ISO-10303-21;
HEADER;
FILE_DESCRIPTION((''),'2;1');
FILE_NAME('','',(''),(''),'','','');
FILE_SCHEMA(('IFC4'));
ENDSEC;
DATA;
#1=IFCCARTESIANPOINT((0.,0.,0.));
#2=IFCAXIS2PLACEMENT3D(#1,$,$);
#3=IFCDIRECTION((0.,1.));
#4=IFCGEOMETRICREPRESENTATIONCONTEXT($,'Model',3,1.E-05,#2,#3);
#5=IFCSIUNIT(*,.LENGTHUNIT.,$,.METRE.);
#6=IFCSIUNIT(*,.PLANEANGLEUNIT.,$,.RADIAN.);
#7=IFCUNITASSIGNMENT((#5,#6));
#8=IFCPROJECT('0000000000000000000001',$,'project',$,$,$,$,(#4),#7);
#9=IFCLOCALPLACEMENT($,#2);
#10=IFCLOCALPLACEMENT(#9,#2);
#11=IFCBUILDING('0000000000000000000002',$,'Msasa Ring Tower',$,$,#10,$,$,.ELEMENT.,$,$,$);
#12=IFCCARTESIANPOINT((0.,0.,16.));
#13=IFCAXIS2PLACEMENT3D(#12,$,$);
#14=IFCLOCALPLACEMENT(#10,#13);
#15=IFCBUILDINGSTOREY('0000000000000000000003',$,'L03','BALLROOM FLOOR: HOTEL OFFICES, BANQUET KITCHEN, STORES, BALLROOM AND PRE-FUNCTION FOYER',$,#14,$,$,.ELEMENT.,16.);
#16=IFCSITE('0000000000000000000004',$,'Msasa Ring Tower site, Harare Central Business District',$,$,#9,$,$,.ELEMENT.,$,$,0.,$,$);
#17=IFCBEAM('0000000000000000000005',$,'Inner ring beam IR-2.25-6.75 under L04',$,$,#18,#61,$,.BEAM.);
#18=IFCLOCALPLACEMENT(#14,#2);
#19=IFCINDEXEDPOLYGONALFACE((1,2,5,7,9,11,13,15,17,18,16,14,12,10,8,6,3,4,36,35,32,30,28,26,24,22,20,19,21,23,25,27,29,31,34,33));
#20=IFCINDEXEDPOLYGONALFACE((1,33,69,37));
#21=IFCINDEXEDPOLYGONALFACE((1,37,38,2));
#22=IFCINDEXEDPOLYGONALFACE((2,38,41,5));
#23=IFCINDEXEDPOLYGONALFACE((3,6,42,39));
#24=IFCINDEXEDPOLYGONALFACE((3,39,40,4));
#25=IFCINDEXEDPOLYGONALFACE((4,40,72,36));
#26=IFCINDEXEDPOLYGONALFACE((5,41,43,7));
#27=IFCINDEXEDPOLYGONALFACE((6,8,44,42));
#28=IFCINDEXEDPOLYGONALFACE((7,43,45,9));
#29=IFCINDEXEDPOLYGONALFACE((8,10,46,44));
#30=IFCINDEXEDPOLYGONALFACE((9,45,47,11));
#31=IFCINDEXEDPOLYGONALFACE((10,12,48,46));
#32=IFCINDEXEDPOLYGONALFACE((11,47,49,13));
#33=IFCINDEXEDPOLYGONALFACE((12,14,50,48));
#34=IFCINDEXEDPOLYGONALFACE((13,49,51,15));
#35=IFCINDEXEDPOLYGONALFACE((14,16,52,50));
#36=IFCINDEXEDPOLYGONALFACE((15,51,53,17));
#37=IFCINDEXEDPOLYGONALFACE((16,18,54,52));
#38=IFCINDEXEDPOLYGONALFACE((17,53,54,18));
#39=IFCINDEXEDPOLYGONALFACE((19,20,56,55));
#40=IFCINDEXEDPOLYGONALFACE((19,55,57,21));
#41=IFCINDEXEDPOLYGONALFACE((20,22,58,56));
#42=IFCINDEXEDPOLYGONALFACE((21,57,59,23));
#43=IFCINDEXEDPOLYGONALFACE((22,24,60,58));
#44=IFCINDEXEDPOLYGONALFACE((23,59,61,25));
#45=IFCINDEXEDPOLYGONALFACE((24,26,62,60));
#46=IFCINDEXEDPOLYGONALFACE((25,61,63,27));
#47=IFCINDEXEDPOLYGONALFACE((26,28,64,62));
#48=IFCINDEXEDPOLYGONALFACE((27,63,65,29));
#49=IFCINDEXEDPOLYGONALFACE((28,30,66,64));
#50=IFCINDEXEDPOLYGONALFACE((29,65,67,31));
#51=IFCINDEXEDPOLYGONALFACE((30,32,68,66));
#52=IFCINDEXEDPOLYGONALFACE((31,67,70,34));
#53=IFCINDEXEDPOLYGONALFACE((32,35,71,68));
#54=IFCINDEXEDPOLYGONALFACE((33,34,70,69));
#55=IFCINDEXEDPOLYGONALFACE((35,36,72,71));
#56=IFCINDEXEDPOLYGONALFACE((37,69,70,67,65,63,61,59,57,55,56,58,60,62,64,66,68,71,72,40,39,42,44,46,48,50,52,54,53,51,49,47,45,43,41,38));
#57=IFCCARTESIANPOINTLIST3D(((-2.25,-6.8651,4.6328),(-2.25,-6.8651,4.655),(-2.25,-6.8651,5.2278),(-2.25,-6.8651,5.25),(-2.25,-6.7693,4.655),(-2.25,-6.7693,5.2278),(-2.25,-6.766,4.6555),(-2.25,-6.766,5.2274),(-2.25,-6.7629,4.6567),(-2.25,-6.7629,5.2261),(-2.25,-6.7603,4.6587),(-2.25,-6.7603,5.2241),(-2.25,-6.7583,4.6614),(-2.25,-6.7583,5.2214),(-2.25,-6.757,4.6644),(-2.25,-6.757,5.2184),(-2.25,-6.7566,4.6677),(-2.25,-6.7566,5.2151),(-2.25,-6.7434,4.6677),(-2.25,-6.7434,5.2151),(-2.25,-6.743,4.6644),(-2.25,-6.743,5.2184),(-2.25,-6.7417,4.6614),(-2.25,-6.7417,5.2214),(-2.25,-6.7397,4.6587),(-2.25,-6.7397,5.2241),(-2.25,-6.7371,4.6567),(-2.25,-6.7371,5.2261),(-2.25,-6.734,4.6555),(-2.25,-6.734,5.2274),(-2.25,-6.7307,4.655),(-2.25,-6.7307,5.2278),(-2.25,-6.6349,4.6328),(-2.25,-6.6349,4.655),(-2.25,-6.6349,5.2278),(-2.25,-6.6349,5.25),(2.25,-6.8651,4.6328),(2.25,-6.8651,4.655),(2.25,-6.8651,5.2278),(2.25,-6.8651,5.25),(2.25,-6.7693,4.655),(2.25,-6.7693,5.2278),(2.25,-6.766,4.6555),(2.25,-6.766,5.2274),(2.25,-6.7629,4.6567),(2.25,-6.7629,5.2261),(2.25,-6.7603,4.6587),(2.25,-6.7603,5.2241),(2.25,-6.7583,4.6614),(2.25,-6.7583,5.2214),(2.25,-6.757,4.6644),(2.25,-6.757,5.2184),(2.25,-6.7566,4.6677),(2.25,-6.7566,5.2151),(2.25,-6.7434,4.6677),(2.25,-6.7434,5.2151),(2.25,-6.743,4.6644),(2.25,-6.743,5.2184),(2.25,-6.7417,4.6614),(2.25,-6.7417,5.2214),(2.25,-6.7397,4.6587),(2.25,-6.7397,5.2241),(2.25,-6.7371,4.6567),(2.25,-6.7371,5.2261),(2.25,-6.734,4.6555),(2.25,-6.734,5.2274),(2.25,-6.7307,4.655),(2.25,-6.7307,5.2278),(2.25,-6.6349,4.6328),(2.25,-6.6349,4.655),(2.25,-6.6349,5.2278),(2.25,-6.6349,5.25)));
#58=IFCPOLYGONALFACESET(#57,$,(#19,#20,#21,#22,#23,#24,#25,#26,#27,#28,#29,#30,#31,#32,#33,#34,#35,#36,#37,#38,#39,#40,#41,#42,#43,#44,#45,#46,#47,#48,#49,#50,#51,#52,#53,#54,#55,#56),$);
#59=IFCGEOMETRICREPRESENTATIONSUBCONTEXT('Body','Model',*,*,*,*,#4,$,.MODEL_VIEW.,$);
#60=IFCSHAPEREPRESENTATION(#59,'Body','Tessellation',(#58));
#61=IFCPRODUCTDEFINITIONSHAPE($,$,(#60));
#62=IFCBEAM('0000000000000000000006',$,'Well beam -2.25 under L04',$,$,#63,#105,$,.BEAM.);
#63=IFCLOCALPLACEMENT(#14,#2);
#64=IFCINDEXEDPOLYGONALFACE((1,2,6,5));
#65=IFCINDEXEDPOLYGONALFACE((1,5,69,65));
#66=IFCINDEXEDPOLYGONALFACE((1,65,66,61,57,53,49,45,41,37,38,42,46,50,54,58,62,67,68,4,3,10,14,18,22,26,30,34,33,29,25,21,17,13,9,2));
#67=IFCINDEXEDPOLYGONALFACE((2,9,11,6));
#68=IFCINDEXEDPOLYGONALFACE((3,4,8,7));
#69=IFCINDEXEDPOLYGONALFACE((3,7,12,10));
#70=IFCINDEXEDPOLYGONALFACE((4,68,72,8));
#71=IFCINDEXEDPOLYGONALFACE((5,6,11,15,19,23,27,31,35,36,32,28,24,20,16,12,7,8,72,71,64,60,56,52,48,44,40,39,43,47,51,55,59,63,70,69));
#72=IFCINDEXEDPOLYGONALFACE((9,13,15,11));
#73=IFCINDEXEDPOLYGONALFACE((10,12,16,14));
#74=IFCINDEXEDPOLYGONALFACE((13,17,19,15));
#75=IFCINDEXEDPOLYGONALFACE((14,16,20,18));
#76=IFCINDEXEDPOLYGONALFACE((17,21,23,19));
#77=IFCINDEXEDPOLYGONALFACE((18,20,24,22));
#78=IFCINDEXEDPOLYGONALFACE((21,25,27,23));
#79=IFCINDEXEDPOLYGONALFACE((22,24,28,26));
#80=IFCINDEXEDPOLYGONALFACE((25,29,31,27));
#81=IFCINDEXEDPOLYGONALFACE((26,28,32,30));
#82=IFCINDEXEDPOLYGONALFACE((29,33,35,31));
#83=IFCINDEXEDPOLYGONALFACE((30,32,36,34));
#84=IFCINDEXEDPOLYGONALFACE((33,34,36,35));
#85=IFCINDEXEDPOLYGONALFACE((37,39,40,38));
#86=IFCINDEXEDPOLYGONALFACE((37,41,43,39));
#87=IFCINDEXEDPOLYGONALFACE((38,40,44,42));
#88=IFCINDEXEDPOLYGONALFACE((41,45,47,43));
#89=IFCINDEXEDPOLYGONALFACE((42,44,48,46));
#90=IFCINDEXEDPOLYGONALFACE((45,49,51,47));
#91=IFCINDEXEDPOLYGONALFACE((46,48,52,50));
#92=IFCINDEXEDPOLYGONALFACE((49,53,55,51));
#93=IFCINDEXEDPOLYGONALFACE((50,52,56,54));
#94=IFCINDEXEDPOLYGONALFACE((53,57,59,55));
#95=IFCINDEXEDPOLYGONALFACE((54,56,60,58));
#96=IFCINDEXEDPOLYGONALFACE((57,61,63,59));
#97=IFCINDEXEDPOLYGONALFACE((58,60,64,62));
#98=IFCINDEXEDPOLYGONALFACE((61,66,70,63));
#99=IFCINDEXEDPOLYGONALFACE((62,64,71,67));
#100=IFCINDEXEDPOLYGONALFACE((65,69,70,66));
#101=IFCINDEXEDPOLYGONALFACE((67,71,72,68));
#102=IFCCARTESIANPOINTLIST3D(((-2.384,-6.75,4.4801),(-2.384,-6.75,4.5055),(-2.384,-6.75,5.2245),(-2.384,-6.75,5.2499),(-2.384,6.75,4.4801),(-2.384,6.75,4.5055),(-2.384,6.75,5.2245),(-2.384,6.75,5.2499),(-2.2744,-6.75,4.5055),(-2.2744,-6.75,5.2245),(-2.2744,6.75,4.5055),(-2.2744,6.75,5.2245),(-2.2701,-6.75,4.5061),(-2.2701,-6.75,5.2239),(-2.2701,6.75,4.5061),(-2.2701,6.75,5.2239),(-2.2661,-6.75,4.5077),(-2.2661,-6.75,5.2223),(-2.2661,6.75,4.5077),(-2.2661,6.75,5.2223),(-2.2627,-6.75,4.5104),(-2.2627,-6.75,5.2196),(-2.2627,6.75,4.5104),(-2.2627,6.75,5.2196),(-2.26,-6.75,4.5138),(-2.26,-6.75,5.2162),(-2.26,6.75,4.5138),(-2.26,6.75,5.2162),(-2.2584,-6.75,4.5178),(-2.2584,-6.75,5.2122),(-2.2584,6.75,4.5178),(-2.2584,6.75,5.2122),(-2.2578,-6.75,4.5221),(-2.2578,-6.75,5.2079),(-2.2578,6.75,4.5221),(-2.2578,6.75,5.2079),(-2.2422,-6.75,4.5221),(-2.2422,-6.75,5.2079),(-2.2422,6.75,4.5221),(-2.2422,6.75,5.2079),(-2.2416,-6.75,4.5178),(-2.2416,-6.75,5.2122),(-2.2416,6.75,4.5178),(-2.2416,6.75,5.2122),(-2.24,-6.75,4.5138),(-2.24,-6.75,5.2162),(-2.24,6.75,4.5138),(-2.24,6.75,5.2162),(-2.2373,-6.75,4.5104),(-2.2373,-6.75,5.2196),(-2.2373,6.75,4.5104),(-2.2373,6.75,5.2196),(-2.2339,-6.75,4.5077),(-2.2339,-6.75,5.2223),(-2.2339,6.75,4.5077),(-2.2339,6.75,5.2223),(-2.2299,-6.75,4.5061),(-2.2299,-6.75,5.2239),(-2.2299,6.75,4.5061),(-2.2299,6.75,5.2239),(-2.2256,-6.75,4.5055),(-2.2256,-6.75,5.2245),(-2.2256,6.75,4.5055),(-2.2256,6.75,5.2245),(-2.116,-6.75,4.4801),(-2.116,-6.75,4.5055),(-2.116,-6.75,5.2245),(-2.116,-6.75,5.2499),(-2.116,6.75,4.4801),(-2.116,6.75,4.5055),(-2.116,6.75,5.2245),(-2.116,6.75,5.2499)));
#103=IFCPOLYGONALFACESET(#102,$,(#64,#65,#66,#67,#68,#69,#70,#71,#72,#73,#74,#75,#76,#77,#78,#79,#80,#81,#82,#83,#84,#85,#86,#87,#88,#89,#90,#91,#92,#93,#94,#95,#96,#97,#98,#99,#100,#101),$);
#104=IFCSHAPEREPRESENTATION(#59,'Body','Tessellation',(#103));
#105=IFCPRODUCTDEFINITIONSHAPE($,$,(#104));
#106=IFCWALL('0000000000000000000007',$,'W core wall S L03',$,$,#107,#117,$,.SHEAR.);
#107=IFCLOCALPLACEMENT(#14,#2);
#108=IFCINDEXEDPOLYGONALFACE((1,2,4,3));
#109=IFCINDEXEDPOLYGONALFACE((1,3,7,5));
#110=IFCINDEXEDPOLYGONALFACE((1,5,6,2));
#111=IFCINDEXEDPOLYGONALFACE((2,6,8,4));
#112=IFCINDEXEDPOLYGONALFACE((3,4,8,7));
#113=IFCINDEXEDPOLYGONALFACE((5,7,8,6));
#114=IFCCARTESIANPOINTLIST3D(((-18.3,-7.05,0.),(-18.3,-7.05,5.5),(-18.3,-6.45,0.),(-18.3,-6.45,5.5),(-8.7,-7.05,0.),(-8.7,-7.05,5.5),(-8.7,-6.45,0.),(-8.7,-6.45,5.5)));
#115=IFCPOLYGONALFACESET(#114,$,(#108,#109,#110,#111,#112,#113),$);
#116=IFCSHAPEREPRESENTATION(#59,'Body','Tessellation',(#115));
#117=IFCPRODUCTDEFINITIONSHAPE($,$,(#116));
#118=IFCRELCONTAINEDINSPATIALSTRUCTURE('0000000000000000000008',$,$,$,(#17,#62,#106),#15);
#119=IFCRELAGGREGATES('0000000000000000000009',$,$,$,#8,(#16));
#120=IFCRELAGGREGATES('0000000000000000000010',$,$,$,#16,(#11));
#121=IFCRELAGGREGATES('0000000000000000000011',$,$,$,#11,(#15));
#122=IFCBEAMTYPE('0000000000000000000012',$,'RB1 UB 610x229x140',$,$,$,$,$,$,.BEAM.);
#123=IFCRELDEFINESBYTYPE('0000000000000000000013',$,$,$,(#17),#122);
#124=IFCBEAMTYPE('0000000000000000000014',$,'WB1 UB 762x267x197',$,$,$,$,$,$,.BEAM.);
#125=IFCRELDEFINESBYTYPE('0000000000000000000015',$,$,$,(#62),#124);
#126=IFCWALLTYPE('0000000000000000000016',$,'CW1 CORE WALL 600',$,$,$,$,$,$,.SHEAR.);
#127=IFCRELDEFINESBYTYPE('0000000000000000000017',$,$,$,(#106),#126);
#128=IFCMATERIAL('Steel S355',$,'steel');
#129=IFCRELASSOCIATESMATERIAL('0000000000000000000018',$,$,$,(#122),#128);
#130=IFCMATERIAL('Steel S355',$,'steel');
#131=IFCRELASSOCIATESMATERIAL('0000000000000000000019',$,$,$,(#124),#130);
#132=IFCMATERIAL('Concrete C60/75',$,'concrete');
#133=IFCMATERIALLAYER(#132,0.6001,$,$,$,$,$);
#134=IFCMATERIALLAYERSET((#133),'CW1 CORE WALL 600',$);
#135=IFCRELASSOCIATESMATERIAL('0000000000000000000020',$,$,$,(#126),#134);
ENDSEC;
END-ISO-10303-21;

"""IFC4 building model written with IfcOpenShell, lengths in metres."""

from ifc_helpers import new_model, si_unit, direction, frame, frame_2d, origin, origin_2d, place, context, subcontext, project, spatial, rectangle, i_section, extrude, material, layer, layer_set, material_profile, profile_set, type_object, element, save


model = new_model("IFC4")

# Units and contexts
model_context = context("Model", 3, precision=1e-05, world=origin(), true_north=direction((0.0, 1.0)))
body_context = subcontext(model_context, "Body", "Model", "MODEL_VIEW")
ifc_project = project(units=[si_unit("LENGTHUNIT", "METRE"), si_unit("PLANEANGLEUNIT", "RADIAN")], contexts=[model_context])

# Site, building, storey
site_placement = place(None, origin())
site = spatial("IfcSite", under=ifc_project, at=site_placement, Name="Msasa Ring Tower site, Harare Central Business District", CompositionType="ELEMENT", RefElevation=0.0)
building_placement = place(site_placement, origin())
building = spatial("IfcBuilding", under=site, at=building_placement, Name="Msasa Ring Tower", CompositionType="ELEMENT")
storey_placement = place(building_placement, frame((0.0, 0.0, 16.0)))
storey = spatial("IfcBuildingStorey", under=building, at=storey_placement, Name="L03", Description="BALLROOM FLOOR: HOTEL OFFICES, BANQUET KITCHEN, STORES, BALLROOM AND PRE-FUNCTION FOYER", CompositionType="ELEMENT", Elevation=16.0)

# Beams
ifc_material_1 = material(Name="Steel S355", Category="steel")
ifc_material_profile_1 = material_profile(ifc_material_1, i_section(OverallWidth=0.2302, OverallDepth=0.6172, WebThickness=0.0132, FlangeThickness=0.0222, FilletRadius=0.0127, at=origin_2d()), Name="UB 610x229x140")
ifc_profile_set_1 = profile_set([ifc_material_profile_1], Name="Steel S355")
beam_type_1 = type_object("IfcBeamType", Name="RB1 UB 610x229x140", PredefinedType="BEAM", material=ifc_profile_set_1)
for number, where, z_axis, x_axis, name in (
    (1, (-2.25, -6.75, 4.9414), (1.0, 0.0, 0.0), (0.0, 1.0, 0.0), "Inner ring beam IR-2.25-6.75 under L04"),
):
    element("IfcBeam", number, at=place(storey_placement, frame(where, z_axis=z_axis, x_axis=x_axis)), inside=storey, type_object=beam_type_1, Name=name, PredefinedType="BEAM", context=body_context, shape_type="SweptSolid", body=[
        extrude(i_section(OverallWidth=0.2302, OverallDepth=0.6172, WebThickness=0.0132, FlangeThickness=0.0222, FilletRadius=0.0127, at=origin_2d()), origin(), (0.0, 0.0, 1.0), 4.5),
    ])
ifc_material_2 = material(Name="Steel S355", Category="steel")
ifc_material_profile_2 = material_profile(ifc_material_2, i_section(OverallWidth=0.2681, OverallDepth=0.7698, WebThickness=0.0156, FlangeThickness=0.0254, FilletRadius=0.0166, at=origin_2d()), Name="UB 762x267x197")
ifc_profile_set_2 = profile_set([ifc_material_profile_2], Name="Steel S355")
beam_type_2 = type_object("IfcBeamType", Name="WB1 UB 762x267x197", PredefinedType="BEAM", material=ifc_profile_set_2)
beam_1_placement = place(storey_placement, frame((-2.25, -6.75, 4.865), z_axis=(0.0, 1.0, 0.0), x_axis=(-1.0, 0.0, 0.0)))
element("IfcBeam", 2, at=beam_1_placement, inside=storey, type_object=beam_type_2, Name="Well beam -2.25 under L04", PredefinedType="BEAM", context=body_context, shape_type="SweptSolid", body=[
    extrude(i_section(OverallWidth=0.2681, OverallDepth=0.7698, WebThickness=0.0156, FlangeThickness=0.0254, FilletRadius=0.0166, at=origin_2d()), origin(), (0.0, 0.0, 1.0), 13.5),
])

# Wall
ifc_material_3 = material(Name="Concrete C60/75", Category="concrete")
ifc_layer_1 = layer(ifc_material_3, 0.6001)
ifc_layer_set_1 = layer_set([ifc_layer_1], Name="CW1 CORE WALL 600")
wall_type_1 = type_object("IfcWallType", Name="CW1 CORE WALL 600", PredefinedType="SHEAR", material=ifc_layer_set_1)
wall_1_placement = place(storey_placement, frame((-8.7, -6.75, 0.0), z_axis=(0.0, 0.0, 1.0), x_axis=(-1.0, 0.0, 0.0)))
element("IfcWall", 3, at=wall_1_placement, inside=storey, type_object=wall_type_1, Name="W core wall S L03", PredefinedType="SHEAR", context=body_context, shape_type="SweptSolid", body=[
    extrude(rectangle(XDim=9.6001, YDim=0.6001, at=frame_2d((4.8, 0.0))), origin(), (0.0, 0.0, 1.0), 5.5),
])

save(model, "model.ifc")
